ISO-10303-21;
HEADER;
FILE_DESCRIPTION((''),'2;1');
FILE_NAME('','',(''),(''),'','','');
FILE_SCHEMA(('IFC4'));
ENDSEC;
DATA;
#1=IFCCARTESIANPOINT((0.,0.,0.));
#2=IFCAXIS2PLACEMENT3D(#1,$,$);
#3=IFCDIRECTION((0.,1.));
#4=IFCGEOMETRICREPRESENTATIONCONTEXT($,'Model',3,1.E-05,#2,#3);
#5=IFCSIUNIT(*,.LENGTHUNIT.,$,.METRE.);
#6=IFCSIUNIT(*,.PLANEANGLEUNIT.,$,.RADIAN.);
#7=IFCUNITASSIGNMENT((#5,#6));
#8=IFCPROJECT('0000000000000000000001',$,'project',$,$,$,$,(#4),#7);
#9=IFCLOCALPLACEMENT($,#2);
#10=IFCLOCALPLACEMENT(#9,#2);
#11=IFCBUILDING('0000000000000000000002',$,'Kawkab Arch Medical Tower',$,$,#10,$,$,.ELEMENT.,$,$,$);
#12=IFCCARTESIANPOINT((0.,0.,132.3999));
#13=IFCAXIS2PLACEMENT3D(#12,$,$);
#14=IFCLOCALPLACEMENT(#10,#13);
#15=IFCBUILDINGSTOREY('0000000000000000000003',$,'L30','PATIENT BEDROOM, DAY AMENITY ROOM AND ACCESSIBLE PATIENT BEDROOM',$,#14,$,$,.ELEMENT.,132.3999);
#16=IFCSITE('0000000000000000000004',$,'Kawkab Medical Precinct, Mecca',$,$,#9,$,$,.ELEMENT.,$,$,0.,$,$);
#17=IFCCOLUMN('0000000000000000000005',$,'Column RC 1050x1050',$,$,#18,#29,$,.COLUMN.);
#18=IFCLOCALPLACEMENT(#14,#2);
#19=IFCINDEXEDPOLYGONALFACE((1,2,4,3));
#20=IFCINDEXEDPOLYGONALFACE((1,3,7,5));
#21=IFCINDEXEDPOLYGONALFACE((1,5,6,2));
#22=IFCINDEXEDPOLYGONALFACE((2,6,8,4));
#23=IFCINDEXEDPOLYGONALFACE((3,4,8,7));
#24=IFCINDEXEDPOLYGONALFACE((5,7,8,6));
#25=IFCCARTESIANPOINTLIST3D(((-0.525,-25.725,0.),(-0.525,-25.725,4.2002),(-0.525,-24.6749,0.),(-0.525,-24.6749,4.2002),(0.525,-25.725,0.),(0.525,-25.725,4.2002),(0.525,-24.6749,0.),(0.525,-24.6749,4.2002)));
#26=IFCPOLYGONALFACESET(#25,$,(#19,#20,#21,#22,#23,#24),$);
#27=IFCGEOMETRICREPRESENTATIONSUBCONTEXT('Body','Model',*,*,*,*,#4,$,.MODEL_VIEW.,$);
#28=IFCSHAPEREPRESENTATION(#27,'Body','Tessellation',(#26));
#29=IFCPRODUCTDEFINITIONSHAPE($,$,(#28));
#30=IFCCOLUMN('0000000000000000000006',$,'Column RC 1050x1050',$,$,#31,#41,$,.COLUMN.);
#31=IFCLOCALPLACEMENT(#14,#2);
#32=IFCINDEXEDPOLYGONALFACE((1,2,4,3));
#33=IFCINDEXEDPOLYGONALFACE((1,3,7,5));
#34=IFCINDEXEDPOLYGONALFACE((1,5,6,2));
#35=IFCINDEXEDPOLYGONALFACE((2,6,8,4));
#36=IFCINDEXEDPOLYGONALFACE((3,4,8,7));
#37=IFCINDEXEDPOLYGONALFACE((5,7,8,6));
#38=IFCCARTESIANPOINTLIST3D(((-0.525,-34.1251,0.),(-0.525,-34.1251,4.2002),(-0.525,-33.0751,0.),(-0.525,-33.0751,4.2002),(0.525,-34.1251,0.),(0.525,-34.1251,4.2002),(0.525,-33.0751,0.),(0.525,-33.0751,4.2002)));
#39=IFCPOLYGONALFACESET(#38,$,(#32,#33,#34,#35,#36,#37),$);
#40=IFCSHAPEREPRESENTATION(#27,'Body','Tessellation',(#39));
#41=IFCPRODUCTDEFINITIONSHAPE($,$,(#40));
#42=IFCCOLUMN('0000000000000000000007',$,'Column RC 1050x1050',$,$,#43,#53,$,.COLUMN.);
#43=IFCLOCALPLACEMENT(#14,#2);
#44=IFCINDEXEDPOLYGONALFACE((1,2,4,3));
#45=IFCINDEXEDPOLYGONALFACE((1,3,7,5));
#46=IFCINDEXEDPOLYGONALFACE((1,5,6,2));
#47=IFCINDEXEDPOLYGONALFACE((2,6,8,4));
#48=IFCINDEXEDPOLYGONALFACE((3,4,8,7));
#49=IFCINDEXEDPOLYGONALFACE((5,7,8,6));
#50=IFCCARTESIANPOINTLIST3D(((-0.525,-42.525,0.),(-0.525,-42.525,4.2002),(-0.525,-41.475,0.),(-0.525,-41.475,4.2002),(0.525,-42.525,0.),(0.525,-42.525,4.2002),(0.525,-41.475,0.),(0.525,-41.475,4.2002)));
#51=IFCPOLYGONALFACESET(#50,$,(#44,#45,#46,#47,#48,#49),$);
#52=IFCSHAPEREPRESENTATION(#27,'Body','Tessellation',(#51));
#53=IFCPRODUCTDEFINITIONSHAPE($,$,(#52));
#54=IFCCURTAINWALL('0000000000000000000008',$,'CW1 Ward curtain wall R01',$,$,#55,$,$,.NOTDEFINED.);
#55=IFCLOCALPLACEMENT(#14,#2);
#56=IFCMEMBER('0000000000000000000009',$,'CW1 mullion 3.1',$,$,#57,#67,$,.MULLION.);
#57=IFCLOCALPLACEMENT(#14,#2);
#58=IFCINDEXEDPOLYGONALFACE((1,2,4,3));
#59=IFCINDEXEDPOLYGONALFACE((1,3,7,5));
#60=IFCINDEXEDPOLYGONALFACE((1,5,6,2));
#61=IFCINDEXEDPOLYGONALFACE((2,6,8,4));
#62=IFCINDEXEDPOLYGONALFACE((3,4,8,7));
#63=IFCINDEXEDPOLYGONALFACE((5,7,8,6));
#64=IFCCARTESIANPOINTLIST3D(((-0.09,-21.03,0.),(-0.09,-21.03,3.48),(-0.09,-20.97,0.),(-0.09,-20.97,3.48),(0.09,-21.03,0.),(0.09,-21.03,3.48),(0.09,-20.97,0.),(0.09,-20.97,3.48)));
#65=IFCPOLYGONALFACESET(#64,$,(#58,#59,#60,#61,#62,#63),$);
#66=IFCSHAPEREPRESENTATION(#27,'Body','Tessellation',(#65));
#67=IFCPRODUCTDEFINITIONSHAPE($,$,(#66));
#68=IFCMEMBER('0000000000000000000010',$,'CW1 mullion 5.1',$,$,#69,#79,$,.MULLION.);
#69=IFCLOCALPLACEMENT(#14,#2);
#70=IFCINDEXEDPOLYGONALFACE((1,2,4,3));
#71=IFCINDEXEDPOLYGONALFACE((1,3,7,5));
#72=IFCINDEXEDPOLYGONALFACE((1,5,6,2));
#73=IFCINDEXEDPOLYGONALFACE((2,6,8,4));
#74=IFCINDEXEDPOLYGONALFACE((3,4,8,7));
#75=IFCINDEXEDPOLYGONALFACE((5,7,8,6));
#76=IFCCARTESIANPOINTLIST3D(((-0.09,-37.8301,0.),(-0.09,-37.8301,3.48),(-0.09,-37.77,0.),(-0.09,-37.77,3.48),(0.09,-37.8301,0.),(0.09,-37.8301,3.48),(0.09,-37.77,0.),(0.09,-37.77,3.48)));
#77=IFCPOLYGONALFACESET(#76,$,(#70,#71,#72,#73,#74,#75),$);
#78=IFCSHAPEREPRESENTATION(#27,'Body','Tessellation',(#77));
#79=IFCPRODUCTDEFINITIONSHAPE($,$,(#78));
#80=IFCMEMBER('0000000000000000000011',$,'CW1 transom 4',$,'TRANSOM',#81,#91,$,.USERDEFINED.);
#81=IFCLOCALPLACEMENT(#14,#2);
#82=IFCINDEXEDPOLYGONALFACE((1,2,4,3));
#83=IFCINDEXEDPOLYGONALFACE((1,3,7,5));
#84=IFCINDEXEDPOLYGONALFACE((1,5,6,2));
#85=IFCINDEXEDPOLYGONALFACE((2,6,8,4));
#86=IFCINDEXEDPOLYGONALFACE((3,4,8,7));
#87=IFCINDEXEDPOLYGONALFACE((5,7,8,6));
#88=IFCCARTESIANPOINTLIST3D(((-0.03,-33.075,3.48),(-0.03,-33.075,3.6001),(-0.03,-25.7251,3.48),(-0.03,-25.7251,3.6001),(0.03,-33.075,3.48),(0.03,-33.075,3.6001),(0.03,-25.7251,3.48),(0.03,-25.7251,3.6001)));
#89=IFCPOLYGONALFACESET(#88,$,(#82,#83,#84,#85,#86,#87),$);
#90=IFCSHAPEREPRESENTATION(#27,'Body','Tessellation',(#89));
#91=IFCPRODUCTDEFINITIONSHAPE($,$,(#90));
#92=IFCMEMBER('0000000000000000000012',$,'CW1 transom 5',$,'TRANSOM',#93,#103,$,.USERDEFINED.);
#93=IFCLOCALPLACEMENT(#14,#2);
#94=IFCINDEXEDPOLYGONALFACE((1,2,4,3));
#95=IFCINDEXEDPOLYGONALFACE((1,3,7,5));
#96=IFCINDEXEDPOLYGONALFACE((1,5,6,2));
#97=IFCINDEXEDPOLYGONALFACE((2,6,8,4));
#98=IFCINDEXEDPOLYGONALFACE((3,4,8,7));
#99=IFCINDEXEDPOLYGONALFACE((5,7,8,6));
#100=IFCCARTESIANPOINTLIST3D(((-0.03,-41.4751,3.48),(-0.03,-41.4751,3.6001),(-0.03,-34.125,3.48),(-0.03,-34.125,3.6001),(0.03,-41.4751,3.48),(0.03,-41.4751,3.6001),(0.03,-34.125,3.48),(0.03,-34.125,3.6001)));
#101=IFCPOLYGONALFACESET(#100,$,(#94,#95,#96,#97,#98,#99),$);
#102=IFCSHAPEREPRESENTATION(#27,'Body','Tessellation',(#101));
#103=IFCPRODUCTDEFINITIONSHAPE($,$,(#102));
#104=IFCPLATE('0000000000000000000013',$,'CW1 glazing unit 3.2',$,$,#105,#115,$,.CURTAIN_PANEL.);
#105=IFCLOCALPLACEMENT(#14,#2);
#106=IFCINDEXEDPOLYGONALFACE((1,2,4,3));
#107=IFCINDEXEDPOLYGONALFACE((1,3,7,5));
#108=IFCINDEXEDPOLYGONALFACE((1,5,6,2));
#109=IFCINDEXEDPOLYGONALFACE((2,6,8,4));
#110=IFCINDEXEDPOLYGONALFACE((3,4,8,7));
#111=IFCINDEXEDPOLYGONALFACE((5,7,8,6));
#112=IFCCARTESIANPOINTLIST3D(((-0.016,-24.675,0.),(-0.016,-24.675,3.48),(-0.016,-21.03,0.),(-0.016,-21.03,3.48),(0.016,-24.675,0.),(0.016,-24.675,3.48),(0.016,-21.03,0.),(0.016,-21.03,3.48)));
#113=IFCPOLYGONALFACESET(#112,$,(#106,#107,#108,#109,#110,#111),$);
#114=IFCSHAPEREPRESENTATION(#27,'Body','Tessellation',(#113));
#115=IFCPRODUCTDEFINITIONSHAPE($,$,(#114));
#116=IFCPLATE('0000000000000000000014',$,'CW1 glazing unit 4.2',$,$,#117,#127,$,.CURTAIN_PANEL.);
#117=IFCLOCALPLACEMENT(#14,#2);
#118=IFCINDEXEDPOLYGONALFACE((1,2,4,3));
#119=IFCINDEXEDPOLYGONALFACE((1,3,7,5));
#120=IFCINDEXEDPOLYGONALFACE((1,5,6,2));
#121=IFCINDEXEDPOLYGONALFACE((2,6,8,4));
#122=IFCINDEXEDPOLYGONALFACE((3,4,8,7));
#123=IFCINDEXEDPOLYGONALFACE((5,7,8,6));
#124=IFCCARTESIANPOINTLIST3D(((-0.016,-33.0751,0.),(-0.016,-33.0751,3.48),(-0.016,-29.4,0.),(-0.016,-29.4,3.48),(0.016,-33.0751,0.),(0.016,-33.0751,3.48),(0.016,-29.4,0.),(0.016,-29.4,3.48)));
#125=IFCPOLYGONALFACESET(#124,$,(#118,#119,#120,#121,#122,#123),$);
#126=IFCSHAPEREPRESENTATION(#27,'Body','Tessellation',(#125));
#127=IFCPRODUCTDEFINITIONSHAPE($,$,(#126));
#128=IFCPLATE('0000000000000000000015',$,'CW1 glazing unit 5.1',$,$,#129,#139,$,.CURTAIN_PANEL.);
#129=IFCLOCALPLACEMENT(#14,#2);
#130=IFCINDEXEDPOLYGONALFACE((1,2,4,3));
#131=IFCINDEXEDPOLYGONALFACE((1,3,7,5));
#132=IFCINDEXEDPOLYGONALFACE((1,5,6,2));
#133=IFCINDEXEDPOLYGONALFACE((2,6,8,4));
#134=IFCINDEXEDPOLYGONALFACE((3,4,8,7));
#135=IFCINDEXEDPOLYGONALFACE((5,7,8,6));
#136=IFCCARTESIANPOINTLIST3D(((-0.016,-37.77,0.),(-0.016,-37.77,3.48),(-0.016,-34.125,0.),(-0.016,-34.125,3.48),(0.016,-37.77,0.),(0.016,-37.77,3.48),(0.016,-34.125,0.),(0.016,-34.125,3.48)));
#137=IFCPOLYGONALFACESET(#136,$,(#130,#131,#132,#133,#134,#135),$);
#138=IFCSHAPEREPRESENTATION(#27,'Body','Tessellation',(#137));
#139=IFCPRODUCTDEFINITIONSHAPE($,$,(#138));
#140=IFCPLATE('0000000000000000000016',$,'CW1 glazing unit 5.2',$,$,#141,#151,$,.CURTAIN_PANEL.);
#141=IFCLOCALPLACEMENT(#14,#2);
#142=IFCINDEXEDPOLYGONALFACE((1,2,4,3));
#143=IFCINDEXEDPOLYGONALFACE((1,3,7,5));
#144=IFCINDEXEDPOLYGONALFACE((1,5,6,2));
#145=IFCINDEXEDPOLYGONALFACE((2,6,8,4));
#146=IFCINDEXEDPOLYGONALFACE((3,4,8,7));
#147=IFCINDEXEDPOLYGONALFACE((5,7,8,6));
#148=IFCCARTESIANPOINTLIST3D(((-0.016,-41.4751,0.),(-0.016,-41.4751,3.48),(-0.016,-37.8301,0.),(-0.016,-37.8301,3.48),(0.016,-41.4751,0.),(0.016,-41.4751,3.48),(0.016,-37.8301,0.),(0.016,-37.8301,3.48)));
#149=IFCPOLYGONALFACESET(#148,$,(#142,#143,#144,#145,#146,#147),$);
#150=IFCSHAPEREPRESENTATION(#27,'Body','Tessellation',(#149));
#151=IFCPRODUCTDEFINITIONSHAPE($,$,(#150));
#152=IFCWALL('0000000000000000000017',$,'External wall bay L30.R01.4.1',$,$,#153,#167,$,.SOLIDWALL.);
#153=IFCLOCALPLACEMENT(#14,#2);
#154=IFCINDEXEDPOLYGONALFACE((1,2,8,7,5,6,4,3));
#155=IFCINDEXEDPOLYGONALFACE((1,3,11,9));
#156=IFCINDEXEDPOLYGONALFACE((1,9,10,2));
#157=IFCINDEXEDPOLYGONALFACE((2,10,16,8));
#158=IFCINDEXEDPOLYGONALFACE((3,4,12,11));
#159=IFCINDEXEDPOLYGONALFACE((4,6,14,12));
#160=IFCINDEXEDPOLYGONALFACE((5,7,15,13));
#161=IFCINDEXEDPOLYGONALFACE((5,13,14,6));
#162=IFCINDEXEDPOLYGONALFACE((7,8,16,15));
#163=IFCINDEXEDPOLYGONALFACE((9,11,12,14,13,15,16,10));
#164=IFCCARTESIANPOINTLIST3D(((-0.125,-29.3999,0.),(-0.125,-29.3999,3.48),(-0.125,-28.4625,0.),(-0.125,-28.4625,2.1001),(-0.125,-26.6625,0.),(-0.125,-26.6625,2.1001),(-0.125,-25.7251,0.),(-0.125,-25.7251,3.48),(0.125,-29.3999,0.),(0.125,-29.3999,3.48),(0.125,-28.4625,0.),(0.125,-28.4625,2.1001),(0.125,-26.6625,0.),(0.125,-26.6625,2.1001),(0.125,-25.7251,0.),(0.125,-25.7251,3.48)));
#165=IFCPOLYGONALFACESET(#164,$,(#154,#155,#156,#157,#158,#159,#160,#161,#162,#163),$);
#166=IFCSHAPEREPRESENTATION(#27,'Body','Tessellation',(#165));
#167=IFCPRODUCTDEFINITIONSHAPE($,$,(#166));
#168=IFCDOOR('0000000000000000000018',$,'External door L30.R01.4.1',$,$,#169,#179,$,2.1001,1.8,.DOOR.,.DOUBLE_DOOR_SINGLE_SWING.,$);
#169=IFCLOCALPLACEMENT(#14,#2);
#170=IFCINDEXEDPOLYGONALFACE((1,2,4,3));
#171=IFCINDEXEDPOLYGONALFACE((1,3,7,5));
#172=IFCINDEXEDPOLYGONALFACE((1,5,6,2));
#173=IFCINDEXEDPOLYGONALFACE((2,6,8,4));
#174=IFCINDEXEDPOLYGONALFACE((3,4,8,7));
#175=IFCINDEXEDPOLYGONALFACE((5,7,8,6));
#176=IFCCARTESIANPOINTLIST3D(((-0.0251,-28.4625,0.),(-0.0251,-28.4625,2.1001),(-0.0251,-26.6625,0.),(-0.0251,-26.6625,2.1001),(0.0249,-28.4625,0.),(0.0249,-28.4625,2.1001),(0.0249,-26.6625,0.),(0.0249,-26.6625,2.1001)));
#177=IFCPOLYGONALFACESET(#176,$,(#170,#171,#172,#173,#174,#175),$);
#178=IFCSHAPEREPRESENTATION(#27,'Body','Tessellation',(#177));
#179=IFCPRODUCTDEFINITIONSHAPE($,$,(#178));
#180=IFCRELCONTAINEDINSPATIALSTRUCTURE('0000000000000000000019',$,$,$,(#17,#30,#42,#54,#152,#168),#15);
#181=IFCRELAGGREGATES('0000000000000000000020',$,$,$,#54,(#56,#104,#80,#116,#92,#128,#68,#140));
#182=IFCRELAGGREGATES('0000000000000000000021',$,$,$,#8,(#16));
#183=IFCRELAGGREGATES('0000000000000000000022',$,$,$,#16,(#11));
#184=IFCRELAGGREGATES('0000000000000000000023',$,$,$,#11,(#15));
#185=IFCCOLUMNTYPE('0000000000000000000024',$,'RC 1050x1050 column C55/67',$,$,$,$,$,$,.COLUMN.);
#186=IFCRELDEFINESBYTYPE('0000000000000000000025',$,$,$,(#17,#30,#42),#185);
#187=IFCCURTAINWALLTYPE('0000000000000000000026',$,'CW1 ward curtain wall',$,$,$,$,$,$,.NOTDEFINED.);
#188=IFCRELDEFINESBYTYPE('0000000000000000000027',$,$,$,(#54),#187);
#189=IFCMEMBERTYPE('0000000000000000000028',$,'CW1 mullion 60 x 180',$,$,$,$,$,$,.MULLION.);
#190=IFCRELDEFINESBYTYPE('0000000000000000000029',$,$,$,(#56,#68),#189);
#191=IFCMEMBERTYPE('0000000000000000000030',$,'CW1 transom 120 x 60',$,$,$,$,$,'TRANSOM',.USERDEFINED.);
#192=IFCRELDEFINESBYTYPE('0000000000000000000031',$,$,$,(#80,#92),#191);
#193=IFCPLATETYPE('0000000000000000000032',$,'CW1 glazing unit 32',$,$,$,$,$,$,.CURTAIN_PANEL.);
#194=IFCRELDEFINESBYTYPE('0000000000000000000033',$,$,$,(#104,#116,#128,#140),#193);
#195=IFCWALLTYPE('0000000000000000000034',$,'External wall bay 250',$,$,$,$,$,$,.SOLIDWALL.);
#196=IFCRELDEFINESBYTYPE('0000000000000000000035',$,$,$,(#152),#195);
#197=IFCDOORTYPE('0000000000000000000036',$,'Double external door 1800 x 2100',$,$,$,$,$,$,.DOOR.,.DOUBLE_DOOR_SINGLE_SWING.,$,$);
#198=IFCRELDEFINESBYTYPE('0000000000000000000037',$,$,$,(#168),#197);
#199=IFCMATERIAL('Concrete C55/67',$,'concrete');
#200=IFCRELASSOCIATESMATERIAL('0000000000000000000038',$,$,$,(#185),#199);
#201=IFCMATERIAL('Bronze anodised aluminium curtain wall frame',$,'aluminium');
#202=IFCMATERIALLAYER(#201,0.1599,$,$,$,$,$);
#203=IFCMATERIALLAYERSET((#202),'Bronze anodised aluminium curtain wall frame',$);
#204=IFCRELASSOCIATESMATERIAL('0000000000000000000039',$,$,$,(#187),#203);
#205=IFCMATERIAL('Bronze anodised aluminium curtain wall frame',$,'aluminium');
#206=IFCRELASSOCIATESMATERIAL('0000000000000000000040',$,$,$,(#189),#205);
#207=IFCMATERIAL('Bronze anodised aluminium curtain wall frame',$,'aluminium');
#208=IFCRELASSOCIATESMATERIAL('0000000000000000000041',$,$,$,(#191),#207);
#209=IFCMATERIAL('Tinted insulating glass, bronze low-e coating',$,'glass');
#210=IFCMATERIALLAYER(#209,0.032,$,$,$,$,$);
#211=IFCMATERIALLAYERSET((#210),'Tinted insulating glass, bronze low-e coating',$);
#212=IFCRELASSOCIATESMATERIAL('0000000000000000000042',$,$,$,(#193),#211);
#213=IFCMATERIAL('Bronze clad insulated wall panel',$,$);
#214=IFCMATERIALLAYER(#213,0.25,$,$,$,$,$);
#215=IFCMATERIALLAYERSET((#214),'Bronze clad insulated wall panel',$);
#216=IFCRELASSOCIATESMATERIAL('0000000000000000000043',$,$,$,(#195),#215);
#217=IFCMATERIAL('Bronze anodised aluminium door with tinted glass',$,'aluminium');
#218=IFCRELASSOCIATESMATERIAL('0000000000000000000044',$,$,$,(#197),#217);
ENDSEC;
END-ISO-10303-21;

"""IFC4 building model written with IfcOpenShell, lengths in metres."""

from ifc_helpers import new_model, si_unit, direction, frame, frame_2d, origin, origin_2d, place, context, subcontext, project, spatial, rectangle, extrude, material, layer, layer_set, material_profile, profile_set, type_object, element, fill, aggregate, save


model = new_model("IFC4")

# Units and contexts
model_context = context("Model", 3, precision=1e-05, world=origin(), true_north=direction((0.0, 1.0)))
body_context = subcontext(model_context, "Body", "Model", "MODEL_VIEW")
ifc_project = project(units=[si_unit("LENGTHUNIT", "METRE"), si_unit("PLANEANGLEUNIT", "RADIAN")], contexts=[model_context])

# Site, building, storey
site_placement = place(None, origin())
site = spatial("IfcSite", under=ifc_project, at=site_placement, Name="Kawkab Medical Precinct, Mecca", CompositionType="ELEMENT", RefElevation=0.0)
building_placement = place(site_placement, origin())
building = spatial("IfcBuilding", under=site, at=building_placement, Name="Kawkab Arch Medical Tower", CompositionType="ELEMENT")
storey_placement = place(building_placement, frame((0.0, 0.0, 132.3999)))
storey = spatial("IfcBuildingStorey", under=building, at=storey_placement, Name="L30", Description="PATIENT BEDROOM, DAY AMENITY ROOM AND ACCESSIBLE PATIENT BEDROOM", CompositionType="ELEMENT", Elevation=132.3999)

# Columns
ifc_material_1 = material(Name="Concrete C55/67", Category="concrete")
ifc_material_profile_1 = material_profile(ifc_material_1, rectangle(XDim=1.05, YDim=1.05, at=origin_2d()), Name="RC 1050x1050")
ifc_profile_set_1 = profile_set([ifc_material_profile_1], Name="Concrete C55/67")
column_type = type_object("IfcColumnType", Name="RC 1050x1050 column C55/67", PredefinedType="COLUMN", material=ifc_profile_set_1)
for number, where, z_axis, x_axis, name in (
    (1, (0.0, -25.2, 0.0), (0.0, 0.0, 1.0), (1.0, 0.0, 0.0), "Column RC 1050x1050"),
    (2, (0.0, -33.6001, 0.0), (0.0, 0.0, 1.0), (1.0, 0.0, 0.0), "Column RC 1050x1050"),
    (3, (0.0, -42.0, 0.0), (0.0, 0.0, 1.0), (1.0, 0.0, 0.0), "Column RC 1050x1050"),
):
    element("IfcColumn", number, at=place(storey_placement, frame(where, z_axis=z_axis, x_axis=x_axis)), inside=storey, type_object=column_type, Name=name, PredefinedType="COLUMN", context=body_context, shape_type="SweptSolid", body=[
        extrude(rectangle(XDim=1.05, YDim=1.05, at=origin_2d()), origin(), (0.0, 0.0, 1.0), 4.2002),
    ])

# Curtain wall, members, plates
ifc_material_2 = material(Name="Bronze anodised aluminium curtain wall frame", Category="aluminium")
ifc_layer_1 = layer(ifc_material_2, 0.1599)
ifc_layer_set_1 = layer_set([ifc_layer_1], Name="Bronze anodised aluminium curtain wall frame")
curtain_wall_type = type_object("IfcCurtainWallType", Name="CW1 ward curtain wall", PredefinedType="NOTDEFINED", material=ifc_layer_set_1)
placement = place(storey_placement, origin())
curtain_wall = element("IfcCurtainWall", 4, at=placement, inside=storey, type_object=curtain_wall_type, Name="CW1 Ward curtain wall R01", PredefinedType="NOTDEFINED")
ifc_material_3 = material(Name="Bronze anodised aluminium curtain wall frame", Category="aluminium")
ifc_material_profile_2 = material_profile(ifc_material_3, rectangle(XDim=0.1799, YDim=0.0601, at=origin_2d()), Name="AL 60x180")
ifc_profile_set_2 = profile_set([ifc_material_profile_2], Name="Bronze anodised aluminium curtain wall frame")
member_type_1 = type_object("IfcMemberType", Name="CW1 mullion 60 x 180", PredefinedType="MULLION", material=ifc_profile_set_2)
member_1_placement = place(storey_placement, frame((0.0, -21.0, 0.0), z_axis=(0.0, 0.0, 1.0), x_axis=(1.0, 0.0, 0.0)))
member_1 = element("IfcMember", 5, at=member_1_placement, type_object=member_type_1, Name="CW1 mullion 3.1", PredefinedType="MULLION", context=body_context, shape_type="SweptSolid", body=[
    extrude(rectangle(XDim=0.1799, YDim=0.0601, at=origin_2d()), origin(), (0.0, 0.0, 1.0), 3.48),
])
member_2_placement = place(storey_placement, frame((0.0, -37.8, 0.0), z_axis=(0.0, 0.0, 1.0), x_axis=(1.0, 0.0, 0.0)))
member_2 = element("IfcMember", 6, at=member_2_placement, type_object=member_type_1, Name="CW1 mullion 5.1", PredefinedType="MULLION", context=body_context, shape_type="SweptSolid", body=[
    extrude(rectangle(XDim=0.1799, YDim=0.0601, at=origin_2d()), origin(), (0.0, 0.0, 1.0), 3.48),
])
ifc_material_4 = material(Name="Bronze anodised aluminium curtain wall frame", Category="aluminium")
ifc_material_profile_3 = material_profile(ifc_material_4, rectangle(XDim=0.0601, YDim=0.1201, at=origin_2d()), Name="AL 60x120")
ifc_profile_set_3 = profile_set([ifc_material_profile_3], Name="Bronze anodised aluminium curtain wall frame")
member_type_2 = type_object("IfcMemberType", Name="CW1 transom 120 x 60", ElementType="TRANSOM", PredefinedType="USERDEFINED", material=ifc_profile_set_3)
member_3_placement = place(storey_placement, frame((0.0, -25.7251, 3.54), z_axis=(0.0, -1.0, 0.0), x_axis=(1.0, 0.0, 0.0)))
member_3 = element("IfcMember", 7, at=member_3_placement, type_object=member_type_2, Name="CW1 transom 4", ObjectType="TRANSOM", PredefinedType="USERDEFINED", context=body_context, shape_type="SweptSolid", body=[
    extrude(rectangle(XDim=0.0601, YDim=0.1201, at=origin_2d()), origin(), (0.0, 0.0, 1.0), 7.3499),
])
member_4_placement = place(storey_placement, frame((0.0, -34.125, 3.54), z_axis=(0.0, -1.0, 0.0), x_axis=(1.0, 0.0, 0.0)))
member_4 = element("IfcMember", 8, at=member_4_placement, type_object=member_type_2, Name="CW1 transom 5", ObjectType="TRANSOM", PredefinedType="USERDEFINED", context=body_context, shape_type="SweptSolid", body=[
    extrude(rectangle(XDim=0.0601, YDim=0.1201, at=origin_2d()), origin(), (0.0, 0.0, 1.0), 7.3501),
])
ifc_material_5 = material(Name="Tinted insulating glass, bronze low-e coating", Category="glass")
ifc_layer_2 = layer(ifc_material_5, 0.032)
ifc_layer_set_2 = layer_set([ifc_layer_2], Name="Tinted insulating glass, bronze low-e coating")
plate_type = type_object("IfcPlateType", Name="CW1 glazing unit 32", PredefinedType="CURTAIN_PANEL", material=ifc_layer_set_2)
plate_1_placement = place(storey_placement, frame((0.0, -22.8525, 0.0), z_axis=(0.0, 0.0, 1.0), x_axis=(0.0, -1.0, 0.0)))
plate_1 = element("IfcPlate", 9, at=plate_1_placement, type_object=plate_type, Name="CW1 glazing unit 3.2", PredefinedType="CURTAIN_PANEL", context=body_context, shape_type="SweptSolid", body=[
    extrude(rectangle(XDim=3.645, YDim=0.032, at=origin_2d()), origin(), (0.0, 0.0, 1.0), 3.48),
])
plate_2_placement = place(storey_placement, frame((0.0, -31.2375, 0.0), z_axis=(0.0, 0.0, 1.0), x_axis=(0.0, -1.0, 0.0)))
plate_2 = element("IfcPlate", 10, at=plate_2_placement, type_object=plate_type, Name="CW1 glazing unit 4.2", PredefinedType="CURTAIN_PANEL", context=body_context, shape_type="SweptSolid", body=[
    extrude(rectangle(XDim=3.675, YDim=0.032, at=origin_2d()), origin(), (0.0, 0.0, 1.0), 3.48),
])
plate_3_placement = place(storey_placement, frame((0.0, -35.9475, 0.0), z_axis=(0.0, 0.0, 1.0), x_axis=(0.0, -1.0, 0.0)))
plate_3 = element("IfcPlate", 11, at=plate_3_placement, type_object=plate_type, Name="CW1 glazing unit 5.1", PredefinedType="CURTAIN_PANEL", context=body_context, shape_type="SweptSolid", body=[
    extrude(rectangle(XDim=3.645, YDim=0.032, at=origin_2d()), origin(), (0.0, 0.0, 1.0), 3.48),
])
plate_4_placement = place(storey_placement, frame((0.0, -39.6526, 0.0), z_axis=(0.0, 0.0, 1.0), x_axis=(0.0, -1.0, 0.0)))
plate_4 = element("IfcPlate", 12, at=plate_4_placement, type_object=plate_type, Name="CW1 glazing unit 5.2", PredefinedType="CURTAIN_PANEL", context=body_context, shape_type="SweptSolid", body=[
    extrude(rectangle(XDim=3.645, YDim=0.032, at=origin_2d()), origin(), (0.0, 0.0, 1.0), 3.48),
])
aggregate(curtain_wall, [member_1, plate_1, member_3, plate_2, member_4, plate_3, member_2, plate_4])

# Wall, opening, door
ifc_material_6 = material(Name="Bronze clad insulated wall panel")
ifc_layer_3 = layer(ifc_material_6, 0.25)
ifc_layer_set_3 = layer_set([ifc_layer_3], Name="Bronze clad insulated wall panel")
wall_type_1 = type_object("IfcWallType", Name="External wall bay 250", PredefinedType="SOLIDWALL", material=ifc_layer_set_3)
wall_1_placement = place(storey_placement, frame((0.0, -25.7251, 0.0), z_axis=(0.0, 0.0, 1.0), x_axis=(0.0, -1.0, 0.0)))
wall_1 = element("IfcWall", 13, at=wall_1_placement, inside=storey, type_object=wall_type_1, Name="External wall bay L30.R01.4.1", PredefinedType="SOLIDWALL", context=body_context, shape_type="SweptSolid", body=[
    extrude(rectangle(XDim=3.6748, YDim=0.25, at=frame_2d((1.8374, 0.0))), origin(), (0.0, 0.0, 1.0), 3.48),
])
opening_1_placement = place(wall_1_placement, frame((0.9375, 0.0, 0.0)))
opening_1 = element("IfcOpeningElement", 14, at=opening_1_placement, cuts=wall_1, PredefinedType="OPENING", context=body_context, shape_type="SweptSolid", body=[
    extrude(rectangle(XDim=1.8, YDim=2.1001, at=frame_2d((0.8999, 1.05))), frame((0.0, 0.135, 0.0), z_axis=(0.0, -1.0, 0.0), x_axis=(1.0, 0.0, 0.0)), (0.0, 0.0, 1.0), 0.27),
])
ifc_material_7 = material(Name="Bronze anodised aluminium door with tinted glass", Category="aluminium")
door_type_1 = type_object("IfcDoorType", Name="Double external door 1800 x 2100", OperationType="DOUBLE_DOOR_SINGLE_SWING", PredefinedType="DOOR", material=ifc_material_7)
door_1_placement = place(opening_1_placement, origin())
door_1 = element("IfcDoor", 15, at=door_1_placement, inside=storey, type_object=door_type_1, Name="External door L30.R01.4.1", OperationType="DOUBLE_DOOR_SINGLE_SWING", OverallHeight=2.1001, OverallWidth=1.8, PredefinedType="DOOR", context=body_context, shape_type="SweptSolid", body=[
    extrude(rectangle(XDim=1.8, YDim=2.1001, at=frame_2d((0.8999, 1.05))), frame((0.0, 0.0249, 0.0), z_axis=(0.0, -1.0, 0.0), x_axis=(1.0, 0.0, 0.0)), (0.0, 0.0, 1.0), 0.05),
])
fill(opening_1, door_1)

save(model, "model.ifc")
